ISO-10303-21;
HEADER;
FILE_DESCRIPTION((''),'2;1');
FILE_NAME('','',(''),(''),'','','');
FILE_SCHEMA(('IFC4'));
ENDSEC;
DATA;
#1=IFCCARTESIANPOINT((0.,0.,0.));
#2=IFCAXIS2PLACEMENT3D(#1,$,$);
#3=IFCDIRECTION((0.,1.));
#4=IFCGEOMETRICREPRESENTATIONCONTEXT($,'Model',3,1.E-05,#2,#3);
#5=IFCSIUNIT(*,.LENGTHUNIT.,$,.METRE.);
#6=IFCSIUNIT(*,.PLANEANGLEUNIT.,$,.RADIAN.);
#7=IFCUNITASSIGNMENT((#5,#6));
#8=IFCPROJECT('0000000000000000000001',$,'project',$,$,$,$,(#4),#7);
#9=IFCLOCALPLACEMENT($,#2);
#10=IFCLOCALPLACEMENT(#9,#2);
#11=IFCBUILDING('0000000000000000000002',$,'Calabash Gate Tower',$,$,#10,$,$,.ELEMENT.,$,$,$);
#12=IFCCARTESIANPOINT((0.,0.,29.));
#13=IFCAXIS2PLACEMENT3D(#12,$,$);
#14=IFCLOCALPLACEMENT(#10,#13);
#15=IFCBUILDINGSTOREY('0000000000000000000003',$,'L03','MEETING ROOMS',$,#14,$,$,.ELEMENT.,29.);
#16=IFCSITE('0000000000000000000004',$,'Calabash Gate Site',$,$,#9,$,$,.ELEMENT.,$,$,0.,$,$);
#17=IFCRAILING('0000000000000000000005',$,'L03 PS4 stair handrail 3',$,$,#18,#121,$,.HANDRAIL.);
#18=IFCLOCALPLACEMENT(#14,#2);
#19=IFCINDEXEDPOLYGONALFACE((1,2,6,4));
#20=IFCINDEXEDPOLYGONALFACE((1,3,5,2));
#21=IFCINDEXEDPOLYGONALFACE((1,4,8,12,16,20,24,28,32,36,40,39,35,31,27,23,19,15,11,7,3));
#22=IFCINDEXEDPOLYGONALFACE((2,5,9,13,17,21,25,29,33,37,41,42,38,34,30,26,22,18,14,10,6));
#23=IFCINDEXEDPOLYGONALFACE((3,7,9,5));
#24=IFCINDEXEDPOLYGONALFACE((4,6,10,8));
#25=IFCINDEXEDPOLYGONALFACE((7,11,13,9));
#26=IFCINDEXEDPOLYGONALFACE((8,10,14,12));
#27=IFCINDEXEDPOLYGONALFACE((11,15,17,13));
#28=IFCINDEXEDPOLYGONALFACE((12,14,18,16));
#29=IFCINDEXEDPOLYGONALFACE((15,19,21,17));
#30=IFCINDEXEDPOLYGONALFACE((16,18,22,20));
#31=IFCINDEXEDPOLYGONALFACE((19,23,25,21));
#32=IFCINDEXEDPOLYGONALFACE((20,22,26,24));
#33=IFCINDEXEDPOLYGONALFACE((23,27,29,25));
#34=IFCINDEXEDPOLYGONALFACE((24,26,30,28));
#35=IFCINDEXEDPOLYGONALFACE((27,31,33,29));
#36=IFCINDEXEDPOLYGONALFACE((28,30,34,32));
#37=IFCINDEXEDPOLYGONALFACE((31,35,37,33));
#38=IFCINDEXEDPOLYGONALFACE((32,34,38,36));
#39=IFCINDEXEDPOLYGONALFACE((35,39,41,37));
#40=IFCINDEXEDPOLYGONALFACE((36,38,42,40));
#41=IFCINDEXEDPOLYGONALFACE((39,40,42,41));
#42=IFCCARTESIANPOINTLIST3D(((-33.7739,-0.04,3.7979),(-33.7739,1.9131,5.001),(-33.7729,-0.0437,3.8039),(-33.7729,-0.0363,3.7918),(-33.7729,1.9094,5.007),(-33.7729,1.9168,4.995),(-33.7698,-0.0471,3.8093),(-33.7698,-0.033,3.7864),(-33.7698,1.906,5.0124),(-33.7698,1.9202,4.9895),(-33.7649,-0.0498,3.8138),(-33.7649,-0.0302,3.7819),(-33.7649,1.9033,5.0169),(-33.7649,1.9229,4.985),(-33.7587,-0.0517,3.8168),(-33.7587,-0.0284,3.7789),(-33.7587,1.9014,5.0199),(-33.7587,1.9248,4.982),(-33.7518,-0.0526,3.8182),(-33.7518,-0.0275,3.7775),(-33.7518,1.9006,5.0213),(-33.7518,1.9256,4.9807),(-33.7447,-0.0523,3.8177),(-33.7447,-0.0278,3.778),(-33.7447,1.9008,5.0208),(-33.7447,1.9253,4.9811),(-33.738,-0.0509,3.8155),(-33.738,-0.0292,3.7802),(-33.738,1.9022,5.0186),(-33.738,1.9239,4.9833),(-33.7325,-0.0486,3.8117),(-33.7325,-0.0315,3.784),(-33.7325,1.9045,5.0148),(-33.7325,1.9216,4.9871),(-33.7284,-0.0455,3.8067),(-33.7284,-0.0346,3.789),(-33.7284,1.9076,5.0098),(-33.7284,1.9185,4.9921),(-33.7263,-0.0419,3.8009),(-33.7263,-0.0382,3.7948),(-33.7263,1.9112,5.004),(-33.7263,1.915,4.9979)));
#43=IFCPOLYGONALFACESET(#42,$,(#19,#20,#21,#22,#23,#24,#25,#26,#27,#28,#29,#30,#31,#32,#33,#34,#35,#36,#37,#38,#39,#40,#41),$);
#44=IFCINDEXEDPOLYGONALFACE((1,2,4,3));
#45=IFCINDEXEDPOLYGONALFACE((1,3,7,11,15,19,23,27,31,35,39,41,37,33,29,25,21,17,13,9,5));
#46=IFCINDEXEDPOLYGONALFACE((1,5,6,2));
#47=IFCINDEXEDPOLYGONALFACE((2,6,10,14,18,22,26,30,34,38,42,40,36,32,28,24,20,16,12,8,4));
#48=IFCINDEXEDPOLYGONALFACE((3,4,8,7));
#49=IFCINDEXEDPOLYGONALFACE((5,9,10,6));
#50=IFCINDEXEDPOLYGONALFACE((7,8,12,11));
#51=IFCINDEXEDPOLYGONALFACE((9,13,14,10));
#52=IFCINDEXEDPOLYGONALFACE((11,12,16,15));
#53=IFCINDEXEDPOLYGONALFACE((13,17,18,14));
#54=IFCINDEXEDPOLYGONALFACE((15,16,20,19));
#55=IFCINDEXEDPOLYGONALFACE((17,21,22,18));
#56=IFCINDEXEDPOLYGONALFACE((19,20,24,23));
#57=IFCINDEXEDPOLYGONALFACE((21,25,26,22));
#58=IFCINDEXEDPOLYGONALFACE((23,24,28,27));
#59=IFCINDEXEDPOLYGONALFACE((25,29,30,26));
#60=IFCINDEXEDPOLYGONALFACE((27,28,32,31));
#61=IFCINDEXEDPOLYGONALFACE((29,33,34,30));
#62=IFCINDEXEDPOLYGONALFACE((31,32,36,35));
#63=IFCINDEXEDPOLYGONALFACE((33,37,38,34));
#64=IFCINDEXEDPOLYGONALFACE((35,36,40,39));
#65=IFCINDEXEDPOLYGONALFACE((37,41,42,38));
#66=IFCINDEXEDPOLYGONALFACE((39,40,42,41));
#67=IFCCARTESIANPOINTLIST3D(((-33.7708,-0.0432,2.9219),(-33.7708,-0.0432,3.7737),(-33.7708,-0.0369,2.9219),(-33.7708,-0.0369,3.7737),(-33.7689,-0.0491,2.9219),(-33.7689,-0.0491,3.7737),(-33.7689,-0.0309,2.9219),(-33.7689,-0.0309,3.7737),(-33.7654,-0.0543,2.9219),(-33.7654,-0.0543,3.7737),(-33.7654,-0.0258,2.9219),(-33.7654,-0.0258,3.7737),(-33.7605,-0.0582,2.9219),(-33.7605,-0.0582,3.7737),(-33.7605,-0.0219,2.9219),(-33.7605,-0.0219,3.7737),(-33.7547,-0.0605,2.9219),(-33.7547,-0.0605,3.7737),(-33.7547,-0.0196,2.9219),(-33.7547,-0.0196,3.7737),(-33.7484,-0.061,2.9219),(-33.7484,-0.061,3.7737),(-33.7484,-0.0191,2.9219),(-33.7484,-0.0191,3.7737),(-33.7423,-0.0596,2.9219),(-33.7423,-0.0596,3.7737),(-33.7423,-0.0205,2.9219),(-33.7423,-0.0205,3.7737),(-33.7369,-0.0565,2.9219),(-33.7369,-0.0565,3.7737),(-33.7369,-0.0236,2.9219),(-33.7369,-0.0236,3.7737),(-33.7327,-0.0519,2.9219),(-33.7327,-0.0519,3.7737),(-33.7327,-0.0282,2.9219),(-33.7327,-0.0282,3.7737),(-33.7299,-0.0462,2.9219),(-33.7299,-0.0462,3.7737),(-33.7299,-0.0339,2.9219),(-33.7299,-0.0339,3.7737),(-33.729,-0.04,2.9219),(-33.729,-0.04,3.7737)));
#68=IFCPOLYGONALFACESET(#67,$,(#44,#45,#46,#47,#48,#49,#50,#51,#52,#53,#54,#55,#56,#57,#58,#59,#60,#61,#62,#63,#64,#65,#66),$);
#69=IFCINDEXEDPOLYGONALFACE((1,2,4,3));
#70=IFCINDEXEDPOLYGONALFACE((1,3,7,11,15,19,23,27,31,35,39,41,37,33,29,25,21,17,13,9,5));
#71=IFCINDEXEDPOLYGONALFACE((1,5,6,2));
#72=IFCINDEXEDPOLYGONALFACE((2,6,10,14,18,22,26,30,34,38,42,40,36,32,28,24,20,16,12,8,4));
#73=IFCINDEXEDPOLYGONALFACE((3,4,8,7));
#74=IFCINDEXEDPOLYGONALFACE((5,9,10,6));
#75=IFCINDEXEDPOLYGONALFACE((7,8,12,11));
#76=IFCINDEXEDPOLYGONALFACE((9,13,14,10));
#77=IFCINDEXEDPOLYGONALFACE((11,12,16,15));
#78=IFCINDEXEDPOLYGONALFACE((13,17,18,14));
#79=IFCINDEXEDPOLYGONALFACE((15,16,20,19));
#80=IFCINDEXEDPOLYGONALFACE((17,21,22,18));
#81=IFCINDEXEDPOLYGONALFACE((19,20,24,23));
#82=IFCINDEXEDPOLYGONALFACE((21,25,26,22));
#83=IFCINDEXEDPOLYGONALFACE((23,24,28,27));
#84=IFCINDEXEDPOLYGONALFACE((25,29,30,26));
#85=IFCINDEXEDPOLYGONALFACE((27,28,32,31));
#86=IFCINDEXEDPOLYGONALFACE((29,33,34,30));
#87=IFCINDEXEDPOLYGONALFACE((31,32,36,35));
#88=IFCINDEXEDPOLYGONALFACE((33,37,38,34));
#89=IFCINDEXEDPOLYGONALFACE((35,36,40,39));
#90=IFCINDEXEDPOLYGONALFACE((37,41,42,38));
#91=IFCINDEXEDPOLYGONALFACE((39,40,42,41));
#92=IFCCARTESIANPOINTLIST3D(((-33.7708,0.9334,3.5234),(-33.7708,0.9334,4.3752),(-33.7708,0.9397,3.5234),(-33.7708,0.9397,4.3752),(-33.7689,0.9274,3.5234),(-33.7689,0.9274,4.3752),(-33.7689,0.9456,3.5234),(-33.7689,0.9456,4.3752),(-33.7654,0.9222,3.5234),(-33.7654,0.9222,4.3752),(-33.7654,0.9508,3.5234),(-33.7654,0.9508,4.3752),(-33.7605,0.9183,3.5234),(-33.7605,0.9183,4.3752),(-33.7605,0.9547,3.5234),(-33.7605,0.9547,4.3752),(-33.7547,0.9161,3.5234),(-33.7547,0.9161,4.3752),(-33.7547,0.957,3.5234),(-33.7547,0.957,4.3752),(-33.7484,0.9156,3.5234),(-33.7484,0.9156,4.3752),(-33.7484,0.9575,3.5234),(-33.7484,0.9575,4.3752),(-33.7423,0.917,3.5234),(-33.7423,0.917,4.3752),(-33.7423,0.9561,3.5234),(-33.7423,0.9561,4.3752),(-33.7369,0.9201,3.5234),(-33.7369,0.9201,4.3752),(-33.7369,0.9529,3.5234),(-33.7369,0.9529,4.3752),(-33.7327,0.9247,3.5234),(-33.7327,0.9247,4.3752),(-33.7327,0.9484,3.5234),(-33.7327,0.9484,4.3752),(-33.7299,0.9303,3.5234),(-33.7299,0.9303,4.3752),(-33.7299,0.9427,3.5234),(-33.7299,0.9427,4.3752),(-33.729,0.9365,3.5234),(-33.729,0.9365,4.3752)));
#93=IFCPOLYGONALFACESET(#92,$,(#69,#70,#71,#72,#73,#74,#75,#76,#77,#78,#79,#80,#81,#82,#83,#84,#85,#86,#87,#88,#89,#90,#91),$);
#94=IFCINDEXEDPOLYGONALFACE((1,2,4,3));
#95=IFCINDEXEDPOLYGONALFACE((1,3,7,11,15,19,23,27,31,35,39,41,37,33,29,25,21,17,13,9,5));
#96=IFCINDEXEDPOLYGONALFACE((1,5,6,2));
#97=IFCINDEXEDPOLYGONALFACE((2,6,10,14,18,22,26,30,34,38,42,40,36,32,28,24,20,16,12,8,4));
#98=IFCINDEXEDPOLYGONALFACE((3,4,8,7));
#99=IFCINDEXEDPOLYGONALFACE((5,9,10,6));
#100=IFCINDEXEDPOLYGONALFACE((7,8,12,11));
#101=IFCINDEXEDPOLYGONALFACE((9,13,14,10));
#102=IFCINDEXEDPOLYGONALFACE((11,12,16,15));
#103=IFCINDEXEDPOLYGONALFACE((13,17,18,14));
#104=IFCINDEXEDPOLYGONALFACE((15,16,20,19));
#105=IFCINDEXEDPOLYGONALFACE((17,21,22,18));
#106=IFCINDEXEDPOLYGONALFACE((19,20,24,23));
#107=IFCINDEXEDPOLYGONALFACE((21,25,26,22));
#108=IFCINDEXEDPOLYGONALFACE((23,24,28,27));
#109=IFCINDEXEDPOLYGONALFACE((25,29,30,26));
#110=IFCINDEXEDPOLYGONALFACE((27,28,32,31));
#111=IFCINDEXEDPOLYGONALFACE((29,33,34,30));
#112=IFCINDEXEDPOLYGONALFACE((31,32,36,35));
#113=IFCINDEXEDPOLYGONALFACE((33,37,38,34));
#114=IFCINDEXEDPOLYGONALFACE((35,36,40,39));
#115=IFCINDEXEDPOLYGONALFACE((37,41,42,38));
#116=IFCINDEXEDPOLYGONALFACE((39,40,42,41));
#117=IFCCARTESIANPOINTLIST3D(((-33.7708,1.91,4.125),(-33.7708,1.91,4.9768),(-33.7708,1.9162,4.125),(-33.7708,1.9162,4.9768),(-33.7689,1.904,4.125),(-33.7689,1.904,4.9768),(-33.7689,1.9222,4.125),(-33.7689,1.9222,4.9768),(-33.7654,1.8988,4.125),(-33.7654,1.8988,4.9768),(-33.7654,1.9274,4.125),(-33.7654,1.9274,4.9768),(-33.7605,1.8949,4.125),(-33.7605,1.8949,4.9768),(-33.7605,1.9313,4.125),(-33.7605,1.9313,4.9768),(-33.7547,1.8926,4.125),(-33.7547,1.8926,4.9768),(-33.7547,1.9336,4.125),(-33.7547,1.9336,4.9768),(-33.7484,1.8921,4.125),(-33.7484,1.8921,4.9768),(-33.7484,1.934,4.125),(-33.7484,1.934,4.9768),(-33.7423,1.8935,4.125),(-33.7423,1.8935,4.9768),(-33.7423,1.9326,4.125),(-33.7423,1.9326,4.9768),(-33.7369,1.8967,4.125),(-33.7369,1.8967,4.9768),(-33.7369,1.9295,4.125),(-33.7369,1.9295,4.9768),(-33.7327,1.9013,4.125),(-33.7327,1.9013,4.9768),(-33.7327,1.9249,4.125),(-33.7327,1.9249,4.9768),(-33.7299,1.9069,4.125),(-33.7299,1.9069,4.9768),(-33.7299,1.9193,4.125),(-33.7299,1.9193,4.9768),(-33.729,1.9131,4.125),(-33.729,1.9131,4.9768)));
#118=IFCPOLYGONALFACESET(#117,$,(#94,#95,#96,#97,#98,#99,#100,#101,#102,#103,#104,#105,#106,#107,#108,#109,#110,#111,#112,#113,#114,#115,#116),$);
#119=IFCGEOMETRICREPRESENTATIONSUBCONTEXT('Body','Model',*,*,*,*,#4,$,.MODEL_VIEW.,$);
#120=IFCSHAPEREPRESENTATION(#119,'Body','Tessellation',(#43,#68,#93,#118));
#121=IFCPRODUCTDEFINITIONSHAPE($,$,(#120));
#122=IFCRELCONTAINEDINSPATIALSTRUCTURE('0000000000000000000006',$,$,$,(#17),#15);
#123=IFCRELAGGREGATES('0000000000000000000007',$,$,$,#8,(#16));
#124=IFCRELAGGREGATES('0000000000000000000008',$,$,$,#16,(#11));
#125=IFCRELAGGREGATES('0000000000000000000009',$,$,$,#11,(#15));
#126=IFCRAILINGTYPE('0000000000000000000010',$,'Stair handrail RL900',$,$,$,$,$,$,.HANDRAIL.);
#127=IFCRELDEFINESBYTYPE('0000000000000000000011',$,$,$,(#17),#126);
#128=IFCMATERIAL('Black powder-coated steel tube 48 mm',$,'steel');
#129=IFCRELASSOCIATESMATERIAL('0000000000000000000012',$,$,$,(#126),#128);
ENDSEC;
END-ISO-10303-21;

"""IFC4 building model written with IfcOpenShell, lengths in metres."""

from ifc_helpers import new_model, si_unit, direction, frame, origin, origin_2d, place, context, subcontext, project, spatial, circle, extrude, material, type_object, element, save


model = new_model("IFC4")

# Units and contexts
model_context = context("Model", 3, precision=1e-05, world=origin(), true_north=direction((0.0, 1.0)))
body_context = subcontext(model_context, "Body", "Model", "MODEL_VIEW")
ifc_project = project(units=[si_unit("LENGTHUNIT", "METRE"), si_unit("PLANEANGLEUNIT", "RADIAN")], contexts=[model_context])

# Site, building, storey
site_placement = place(None, origin())
site = spatial("IfcSite", under=ifc_project, at=site_placement, Name="Calabash Gate Site", CompositionType="ELEMENT", RefElevation=0.0)
building_placement = place(site_placement, origin())
building = spatial("IfcBuilding", under=site, at=building_placement, Name="Calabash Gate Tower", CompositionType="ELEMENT")
storey_placement = place(building_placement, frame((0.0, 0.0, 29.0)))
storey = spatial("IfcBuildingStorey", under=building, at=storey_placement, Name="L03", Description="MEETING ROOMS", CompositionType="ELEMENT", Elevation=29.0)

# Railing
ifc_material_1 = material(Name="Black powder-coated steel tube 48 mm", Category="steel")
railing_type_1 = type_object("IfcRailingType", Name="Stair handrail RL900", PredefinedType="HANDRAIL", material=ifc_material_1)
railing_1_placement = place(storey_placement, frame((-33.75, -0.04, 2.9219)))
element("IfcRailing", 1, at=railing_1_placement, inside=storey, type_object=railing_type_1, Name="L03 PS4 stair handrail 3", PredefinedType="HANDRAIL", context=body_context, shape_type="SweptSolid", body=[
    extrude(circle(Radius=0.0239, at=origin_2d()), frame((0.0, 0.0, 0.876), z_axis=(0.0, 0.851424, 0.524477), x_axis=(-1.0, 0.0, 0.0)), (0.0, 0.0, 1.0), 2.2939),
    extrude(circle(Radius=0.021, at=origin_2d()), origin(), (0.0, 0.0, 1.0), 0.8518),
    extrude(circle(Radius=0.021, at=origin_2d()), frame((0.0, 0.9766, 0.6016)), (0.0, 0.0, 1.0), 0.8518),
    extrude(circle(Radius=0.021, at=origin_2d()), frame((0.0, 1.9531, 1.2031)), (0.0, 0.0, 1.0), 0.8518),
])

save(model, "model.ifc")
